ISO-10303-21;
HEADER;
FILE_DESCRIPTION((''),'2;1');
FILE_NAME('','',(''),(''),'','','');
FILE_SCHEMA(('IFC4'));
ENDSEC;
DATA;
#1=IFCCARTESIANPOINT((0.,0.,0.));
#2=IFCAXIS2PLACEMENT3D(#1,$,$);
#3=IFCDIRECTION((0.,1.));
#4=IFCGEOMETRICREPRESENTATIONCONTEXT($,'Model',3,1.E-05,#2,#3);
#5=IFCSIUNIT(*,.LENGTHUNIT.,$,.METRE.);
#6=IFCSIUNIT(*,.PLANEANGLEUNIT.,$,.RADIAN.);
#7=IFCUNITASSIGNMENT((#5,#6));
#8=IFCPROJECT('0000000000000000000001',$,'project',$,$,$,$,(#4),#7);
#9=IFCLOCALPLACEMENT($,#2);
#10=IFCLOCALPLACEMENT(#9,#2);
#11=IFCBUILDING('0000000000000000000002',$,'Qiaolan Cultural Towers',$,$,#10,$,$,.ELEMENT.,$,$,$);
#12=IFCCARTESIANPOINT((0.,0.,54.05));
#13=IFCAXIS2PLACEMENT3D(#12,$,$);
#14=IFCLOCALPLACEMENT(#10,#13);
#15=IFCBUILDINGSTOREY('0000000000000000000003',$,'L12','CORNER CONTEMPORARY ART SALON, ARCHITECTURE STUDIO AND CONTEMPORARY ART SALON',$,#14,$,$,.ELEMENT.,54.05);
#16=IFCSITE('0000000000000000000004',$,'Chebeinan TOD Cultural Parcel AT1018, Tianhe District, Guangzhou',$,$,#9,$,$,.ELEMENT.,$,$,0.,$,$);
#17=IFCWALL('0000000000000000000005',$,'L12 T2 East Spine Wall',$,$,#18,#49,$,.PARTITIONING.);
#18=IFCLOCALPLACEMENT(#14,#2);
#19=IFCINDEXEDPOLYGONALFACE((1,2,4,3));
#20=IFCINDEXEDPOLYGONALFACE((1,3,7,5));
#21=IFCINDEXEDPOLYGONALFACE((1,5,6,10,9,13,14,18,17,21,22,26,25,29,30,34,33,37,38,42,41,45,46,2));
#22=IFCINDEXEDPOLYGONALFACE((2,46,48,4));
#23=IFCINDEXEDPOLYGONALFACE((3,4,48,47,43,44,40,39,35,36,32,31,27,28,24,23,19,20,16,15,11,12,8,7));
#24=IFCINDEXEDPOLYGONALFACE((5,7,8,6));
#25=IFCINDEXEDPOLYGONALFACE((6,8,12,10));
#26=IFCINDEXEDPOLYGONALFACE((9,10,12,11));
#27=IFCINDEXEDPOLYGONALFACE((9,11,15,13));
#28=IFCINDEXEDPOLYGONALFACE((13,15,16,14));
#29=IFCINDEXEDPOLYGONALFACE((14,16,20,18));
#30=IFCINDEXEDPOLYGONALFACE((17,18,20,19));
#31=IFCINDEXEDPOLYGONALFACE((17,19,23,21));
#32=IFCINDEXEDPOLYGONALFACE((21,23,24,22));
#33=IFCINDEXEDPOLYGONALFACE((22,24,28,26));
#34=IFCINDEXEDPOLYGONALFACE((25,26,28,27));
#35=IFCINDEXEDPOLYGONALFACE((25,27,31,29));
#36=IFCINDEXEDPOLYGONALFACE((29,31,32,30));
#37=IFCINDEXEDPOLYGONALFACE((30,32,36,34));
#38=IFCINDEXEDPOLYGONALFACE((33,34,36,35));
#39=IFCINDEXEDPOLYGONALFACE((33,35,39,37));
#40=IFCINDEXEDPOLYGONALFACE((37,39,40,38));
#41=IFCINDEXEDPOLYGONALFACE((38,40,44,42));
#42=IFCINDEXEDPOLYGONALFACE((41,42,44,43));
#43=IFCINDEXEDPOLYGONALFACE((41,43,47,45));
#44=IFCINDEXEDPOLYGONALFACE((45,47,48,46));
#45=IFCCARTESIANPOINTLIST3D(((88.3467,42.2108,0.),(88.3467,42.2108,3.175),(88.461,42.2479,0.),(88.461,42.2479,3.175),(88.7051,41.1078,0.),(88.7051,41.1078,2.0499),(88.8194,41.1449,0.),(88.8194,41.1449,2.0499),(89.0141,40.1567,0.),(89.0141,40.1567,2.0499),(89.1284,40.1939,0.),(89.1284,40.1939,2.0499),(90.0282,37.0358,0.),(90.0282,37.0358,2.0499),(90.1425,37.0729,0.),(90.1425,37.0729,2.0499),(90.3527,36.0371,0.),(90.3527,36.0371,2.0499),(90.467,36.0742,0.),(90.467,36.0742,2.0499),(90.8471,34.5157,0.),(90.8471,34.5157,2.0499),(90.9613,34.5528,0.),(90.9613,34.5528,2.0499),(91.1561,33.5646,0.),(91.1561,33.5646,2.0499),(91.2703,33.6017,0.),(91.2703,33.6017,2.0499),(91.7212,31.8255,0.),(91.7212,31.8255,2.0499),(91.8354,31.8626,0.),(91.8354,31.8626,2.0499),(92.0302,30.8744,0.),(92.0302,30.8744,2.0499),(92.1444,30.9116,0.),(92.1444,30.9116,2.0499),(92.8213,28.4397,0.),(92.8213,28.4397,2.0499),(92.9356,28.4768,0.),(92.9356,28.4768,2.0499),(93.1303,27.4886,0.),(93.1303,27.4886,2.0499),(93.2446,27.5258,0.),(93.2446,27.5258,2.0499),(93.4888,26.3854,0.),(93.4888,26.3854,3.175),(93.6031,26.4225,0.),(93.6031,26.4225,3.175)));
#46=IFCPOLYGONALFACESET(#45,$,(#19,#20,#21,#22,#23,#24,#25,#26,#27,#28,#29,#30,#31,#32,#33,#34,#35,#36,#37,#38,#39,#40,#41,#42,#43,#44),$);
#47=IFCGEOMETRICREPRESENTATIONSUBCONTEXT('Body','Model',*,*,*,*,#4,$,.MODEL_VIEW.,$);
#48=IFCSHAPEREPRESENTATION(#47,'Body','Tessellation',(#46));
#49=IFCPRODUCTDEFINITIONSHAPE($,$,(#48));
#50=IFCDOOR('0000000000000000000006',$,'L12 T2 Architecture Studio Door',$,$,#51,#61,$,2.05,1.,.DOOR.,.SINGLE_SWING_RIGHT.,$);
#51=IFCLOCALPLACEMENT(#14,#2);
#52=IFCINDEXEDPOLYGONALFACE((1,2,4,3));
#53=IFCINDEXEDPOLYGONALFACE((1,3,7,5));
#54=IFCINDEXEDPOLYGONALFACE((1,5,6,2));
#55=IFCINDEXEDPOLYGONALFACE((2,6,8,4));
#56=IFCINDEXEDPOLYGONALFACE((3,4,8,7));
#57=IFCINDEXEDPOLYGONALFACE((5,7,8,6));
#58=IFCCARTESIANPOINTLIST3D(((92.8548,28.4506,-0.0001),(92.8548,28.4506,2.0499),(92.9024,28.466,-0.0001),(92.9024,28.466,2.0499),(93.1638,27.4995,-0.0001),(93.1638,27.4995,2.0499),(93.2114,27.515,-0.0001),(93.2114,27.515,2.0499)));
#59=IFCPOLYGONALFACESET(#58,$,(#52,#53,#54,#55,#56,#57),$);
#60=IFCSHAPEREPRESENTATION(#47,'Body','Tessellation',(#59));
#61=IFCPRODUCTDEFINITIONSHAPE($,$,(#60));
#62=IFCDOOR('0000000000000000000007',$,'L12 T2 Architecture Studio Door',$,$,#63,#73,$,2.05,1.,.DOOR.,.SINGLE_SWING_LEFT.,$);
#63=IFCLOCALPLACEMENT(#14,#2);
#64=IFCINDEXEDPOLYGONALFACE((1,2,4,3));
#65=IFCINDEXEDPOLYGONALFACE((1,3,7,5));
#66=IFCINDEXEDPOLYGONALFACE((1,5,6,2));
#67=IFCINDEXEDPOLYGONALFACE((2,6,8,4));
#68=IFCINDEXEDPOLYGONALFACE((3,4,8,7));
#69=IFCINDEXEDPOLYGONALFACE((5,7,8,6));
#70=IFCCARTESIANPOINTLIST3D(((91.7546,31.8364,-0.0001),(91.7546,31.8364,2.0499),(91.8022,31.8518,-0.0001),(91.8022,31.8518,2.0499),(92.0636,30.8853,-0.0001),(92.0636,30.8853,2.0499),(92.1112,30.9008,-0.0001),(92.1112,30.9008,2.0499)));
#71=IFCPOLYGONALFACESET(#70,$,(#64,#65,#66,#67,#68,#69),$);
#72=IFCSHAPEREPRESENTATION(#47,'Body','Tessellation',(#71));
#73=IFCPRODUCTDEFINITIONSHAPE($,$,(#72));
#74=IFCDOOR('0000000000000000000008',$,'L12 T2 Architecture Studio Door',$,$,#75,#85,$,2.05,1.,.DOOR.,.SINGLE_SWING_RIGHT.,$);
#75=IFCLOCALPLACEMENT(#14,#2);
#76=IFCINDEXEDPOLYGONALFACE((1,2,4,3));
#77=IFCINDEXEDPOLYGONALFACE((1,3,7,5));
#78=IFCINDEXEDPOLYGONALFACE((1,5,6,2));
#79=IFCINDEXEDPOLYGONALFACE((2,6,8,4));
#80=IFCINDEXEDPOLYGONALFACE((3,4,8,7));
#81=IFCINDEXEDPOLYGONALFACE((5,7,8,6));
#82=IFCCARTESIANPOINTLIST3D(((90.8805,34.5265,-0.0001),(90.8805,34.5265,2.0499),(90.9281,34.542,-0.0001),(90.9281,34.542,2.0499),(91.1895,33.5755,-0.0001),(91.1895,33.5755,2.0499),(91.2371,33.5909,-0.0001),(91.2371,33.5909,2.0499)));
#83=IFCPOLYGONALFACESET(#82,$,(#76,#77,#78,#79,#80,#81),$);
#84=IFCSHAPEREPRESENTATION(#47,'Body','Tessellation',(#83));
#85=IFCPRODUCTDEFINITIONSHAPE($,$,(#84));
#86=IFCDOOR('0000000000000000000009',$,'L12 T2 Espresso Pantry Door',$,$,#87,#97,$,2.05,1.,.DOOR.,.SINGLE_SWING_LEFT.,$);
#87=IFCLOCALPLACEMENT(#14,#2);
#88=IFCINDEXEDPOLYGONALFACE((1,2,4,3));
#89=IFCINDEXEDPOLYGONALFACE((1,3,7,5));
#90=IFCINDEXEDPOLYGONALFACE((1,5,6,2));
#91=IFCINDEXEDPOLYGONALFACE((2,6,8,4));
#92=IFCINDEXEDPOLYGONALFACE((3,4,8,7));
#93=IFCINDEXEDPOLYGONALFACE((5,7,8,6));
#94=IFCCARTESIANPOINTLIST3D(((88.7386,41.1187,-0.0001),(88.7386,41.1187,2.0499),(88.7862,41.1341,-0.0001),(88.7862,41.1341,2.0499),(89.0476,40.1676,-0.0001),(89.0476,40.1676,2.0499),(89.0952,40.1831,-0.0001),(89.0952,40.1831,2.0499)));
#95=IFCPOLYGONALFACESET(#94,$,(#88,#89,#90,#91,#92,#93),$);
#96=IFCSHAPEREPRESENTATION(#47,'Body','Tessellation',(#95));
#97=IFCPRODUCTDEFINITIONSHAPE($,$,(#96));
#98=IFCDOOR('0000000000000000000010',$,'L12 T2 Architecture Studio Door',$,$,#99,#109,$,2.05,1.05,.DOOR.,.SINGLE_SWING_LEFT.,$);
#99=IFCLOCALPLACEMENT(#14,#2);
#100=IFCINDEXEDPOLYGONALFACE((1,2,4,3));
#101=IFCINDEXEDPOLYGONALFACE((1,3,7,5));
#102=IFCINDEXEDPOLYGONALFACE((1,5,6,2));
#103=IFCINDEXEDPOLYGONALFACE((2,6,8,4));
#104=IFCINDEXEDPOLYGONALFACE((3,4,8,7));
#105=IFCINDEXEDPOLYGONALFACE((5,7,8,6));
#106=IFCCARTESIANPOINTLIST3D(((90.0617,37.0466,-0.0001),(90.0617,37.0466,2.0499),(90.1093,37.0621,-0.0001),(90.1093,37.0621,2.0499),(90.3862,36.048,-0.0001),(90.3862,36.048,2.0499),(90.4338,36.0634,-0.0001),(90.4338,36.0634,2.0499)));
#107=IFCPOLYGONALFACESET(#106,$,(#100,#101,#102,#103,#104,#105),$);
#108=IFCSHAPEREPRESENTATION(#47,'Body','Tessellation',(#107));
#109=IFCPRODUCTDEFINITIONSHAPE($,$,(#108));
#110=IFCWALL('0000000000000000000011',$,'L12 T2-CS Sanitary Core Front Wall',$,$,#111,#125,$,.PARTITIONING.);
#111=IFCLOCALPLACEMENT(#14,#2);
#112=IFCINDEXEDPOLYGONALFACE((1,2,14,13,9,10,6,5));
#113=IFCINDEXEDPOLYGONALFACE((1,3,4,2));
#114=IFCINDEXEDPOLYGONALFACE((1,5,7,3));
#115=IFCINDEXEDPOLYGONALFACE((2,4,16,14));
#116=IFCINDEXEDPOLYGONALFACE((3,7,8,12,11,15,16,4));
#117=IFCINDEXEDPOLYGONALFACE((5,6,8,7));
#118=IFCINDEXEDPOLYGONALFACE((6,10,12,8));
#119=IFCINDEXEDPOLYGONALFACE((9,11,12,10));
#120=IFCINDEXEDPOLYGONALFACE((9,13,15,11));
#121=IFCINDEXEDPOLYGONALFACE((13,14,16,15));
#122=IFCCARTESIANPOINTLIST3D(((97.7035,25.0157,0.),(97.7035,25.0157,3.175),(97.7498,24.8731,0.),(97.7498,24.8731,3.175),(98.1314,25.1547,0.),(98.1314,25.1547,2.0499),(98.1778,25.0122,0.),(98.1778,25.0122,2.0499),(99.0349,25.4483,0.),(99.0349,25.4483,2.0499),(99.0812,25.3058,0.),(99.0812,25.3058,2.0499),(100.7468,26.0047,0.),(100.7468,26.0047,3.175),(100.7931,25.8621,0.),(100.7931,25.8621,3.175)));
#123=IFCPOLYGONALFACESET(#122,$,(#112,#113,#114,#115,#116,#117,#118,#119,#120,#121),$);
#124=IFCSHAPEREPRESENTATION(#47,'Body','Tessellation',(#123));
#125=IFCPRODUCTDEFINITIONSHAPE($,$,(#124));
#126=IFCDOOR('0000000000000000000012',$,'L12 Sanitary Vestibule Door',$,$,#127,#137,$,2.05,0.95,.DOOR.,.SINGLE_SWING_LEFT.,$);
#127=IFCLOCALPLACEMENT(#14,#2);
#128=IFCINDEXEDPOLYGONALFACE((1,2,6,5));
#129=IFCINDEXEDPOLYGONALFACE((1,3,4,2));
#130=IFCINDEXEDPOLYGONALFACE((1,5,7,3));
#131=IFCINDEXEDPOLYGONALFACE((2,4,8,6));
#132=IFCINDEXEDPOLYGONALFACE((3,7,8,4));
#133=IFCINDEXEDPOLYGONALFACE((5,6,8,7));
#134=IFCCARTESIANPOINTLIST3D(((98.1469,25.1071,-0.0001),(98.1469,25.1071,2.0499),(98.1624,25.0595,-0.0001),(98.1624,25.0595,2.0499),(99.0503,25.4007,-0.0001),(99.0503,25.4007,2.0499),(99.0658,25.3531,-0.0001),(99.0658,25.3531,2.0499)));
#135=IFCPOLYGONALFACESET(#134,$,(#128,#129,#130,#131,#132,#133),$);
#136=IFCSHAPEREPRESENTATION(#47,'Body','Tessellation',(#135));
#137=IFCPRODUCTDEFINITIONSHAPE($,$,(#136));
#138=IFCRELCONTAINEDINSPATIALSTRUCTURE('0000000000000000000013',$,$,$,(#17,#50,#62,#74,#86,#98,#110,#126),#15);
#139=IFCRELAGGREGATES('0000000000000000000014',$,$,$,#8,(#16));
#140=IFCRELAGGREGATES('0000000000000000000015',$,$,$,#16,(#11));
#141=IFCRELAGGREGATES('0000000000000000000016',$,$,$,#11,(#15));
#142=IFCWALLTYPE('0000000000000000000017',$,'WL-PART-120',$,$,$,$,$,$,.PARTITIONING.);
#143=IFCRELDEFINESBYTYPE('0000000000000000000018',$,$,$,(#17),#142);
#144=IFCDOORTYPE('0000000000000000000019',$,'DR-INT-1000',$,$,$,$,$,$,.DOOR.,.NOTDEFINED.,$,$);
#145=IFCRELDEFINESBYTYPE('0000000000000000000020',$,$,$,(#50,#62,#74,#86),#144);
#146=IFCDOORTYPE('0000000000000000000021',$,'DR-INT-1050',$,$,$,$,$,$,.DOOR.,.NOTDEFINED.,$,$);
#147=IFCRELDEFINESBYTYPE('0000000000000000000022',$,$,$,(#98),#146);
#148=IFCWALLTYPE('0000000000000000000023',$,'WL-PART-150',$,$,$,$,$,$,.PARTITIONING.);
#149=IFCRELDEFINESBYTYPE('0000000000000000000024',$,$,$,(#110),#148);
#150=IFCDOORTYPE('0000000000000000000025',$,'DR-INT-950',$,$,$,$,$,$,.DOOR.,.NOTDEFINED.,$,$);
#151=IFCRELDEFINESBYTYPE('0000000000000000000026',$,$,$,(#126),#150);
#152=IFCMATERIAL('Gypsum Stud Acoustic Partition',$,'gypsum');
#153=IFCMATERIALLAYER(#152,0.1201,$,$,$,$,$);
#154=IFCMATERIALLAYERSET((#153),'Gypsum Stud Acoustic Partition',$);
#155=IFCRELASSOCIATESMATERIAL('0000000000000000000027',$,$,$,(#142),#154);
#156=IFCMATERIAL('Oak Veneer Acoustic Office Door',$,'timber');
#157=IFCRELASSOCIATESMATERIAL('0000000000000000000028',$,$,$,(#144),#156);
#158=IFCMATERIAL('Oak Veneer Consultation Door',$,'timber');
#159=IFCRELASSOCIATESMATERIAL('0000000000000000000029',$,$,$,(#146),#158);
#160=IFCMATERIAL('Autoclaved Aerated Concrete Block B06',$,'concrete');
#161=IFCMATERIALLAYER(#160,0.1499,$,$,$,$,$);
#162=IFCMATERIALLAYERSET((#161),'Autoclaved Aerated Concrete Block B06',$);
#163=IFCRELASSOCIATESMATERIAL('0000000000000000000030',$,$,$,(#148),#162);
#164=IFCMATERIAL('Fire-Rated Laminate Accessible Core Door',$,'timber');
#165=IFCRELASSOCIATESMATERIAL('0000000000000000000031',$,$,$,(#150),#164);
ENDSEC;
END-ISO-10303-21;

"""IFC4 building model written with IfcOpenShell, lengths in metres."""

from ifc_helpers import new_model, si_unit, direction, frame, frame_2d, origin, place, context, subcontext, project, spatial, rectangle, extrude, material, layer, layer_set, type_object, element, fill, save


model = new_model("IFC4")

# Units and contexts
model_context = context("Model", 3, precision=1e-05, world=origin(), true_north=direction((0.0, 1.0)))
body_context = subcontext(model_context, "Body", "Model", "MODEL_VIEW")
ifc_project = project(units=[si_unit("LENGTHUNIT", "METRE"), si_unit("PLANEANGLEUNIT", "RADIAN")], contexts=[model_context])

# Site, building, storey
site_placement = place(None, origin())
site = spatial("IfcSite", under=ifc_project, at=site_placement, Name="Chebeinan TOD Cultural Parcel AT1018, Tianhe District, Guangzhou", CompositionType="ELEMENT", RefElevation=0.0)
building_placement = place(site_placement, origin())
building = spatial("IfcBuilding", under=site, at=building_placement, Name="Qiaolan Cultural Towers", CompositionType="ELEMENT")
storey_placement = place(building_placement, frame((0.0, 0.0, 54.05)))
storey = spatial("IfcBuildingStorey", under=building, at=storey_placement, Name="L12", Description="CORNER CONTEMPORARY ART SALON, ARCHITECTURE STUDIO AND CONTEMPORARY ART SALON", CompositionType="ELEMENT", Elevation=54.05)

# Shared definitions
ifc_material_1 = material(Name="Gypsum Stud Acoustic Partition", Category="gypsum")
ifc_layer_1 = layer(ifc_material_1, 0.1201)
ifc_layer_set_1 = layer_set([ifc_layer_1], Name="Gypsum Stud Acoustic Partition")
wall_type_1 = type_object("IfcWallType", Name="WL-PART-120", PredefinedType="PARTITIONING", material=ifc_layer_set_1)

# Wall, openings, doors
wall_1_placement = place(storey_placement, frame((93.5459, 26.4041, 0.0), z_axis=(0.0, 0.0, 1.0), x_axis=(-0.309022, 0.951055, 0.0)))
wall_1 = element("IfcWall", 1, at=wall_1_placement, inside=storey, type_object=wall_type_1, Name="L12 T2 East Spine Wall", PredefinedType="PARTITIONING", context=body_context, shape_type="SweptSolid", body=[
    extrude(rectangle(XDim=16.6399, YDim=0.1201, at=frame_2d((8.3198, 0.0))), origin(), (0.0, 0.0, 1.0), 3.175),
])
opening_1_placement = place(wall_1_placement, frame((1.1599, 0.0, 0.0)))
opening_1 = element("IfcOpeningElement", 2, at=opening_1_placement, cuts=wall_1, PredefinedType="OPENING", context=body_context, shape_type="SweptSolid", body=[
    extrude(rectangle(XDim=1.0, YDim=2.05, at=frame_2d((0.5, 1.0249))), frame((0.0, 0.0701, 0.0), z_axis=(0.0, -1.0, 0.0), x_axis=(1.0, 0.0, 0.0)), (0.0, 0.0, 1.0), 0.1401),
])
opening_2_placement = place(wall_1_placement, frame((4.72, 0.0, 0.0)))
opening_2 = element("IfcOpeningElement", 3, at=opening_2_placement, cuts=wall_1, PredefinedType="OPENING", context=body_context, shape_type="SweptSolid", body=[
    extrude(rectangle(XDim=1.0, YDim=2.05, at=frame_2d((0.5, 1.0249))), frame((0.0, 0.0701, 0.0), z_axis=(0.0, -1.0, 0.0), x_axis=(1.0, 0.0, 0.0)), (0.0, 0.0, 1.0), 0.1401),
])
opening_3_placement = place(wall_1_placement, frame((7.5486, 0.0, 0.0)))
opening_3 = element("IfcOpeningElement", 4, at=opening_3_placement, cuts=wall_1, PredefinedType="OPENING", context=body_context, shape_type="SweptSolid", body=[
    extrude(rectangle(XDim=1.0, YDim=2.05, at=frame_2d((0.5, 1.0249))), frame((0.0, 0.0701, 0.0), z_axis=(0.0, -1.0, 0.0), x_axis=(1.0, 0.0, 0.0)), (0.0, 0.0, 1.0), 0.1401),
])
opening_4_placement = place(wall_1_placement, frame((10.1484, 0.0, 0.0)))
opening_4 = element("IfcOpeningElement", 5, at=opening_4_placement, cuts=wall_1, PredefinedType="OPENING", context=body_context, shape_type="SweptSolid", body=[
    extrude(rectangle(XDim=1.05, YDim=2.05, at=frame_2d((0.5249, 1.0249))), frame((0.0, 0.0701, 0.0), z_axis=(0.0, -1.0, 0.0), x_axis=(1.0, 0.0, 0.0)), (0.0, 0.0, 1.0), 0.1401),
])
opening_5_placement = place(wall_1_placement, frame((14.48, 0.0, 0.0)))
opening_5 = element("IfcOpeningElement", 6, at=opening_5_placement, cuts=wall_1, PredefinedType="OPENING", context=body_context, shape_type="SweptSolid", body=[
    extrude(rectangle(XDim=1.0, YDim=2.05, at=frame_2d((0.5, 1.0249))), frame((0.0, 0.0701, 0.0), z_axis=(0.0, -1.0, 0.0), x_axis=(1.0, 0.0, 0.0)), (0.0, 0.0, 1.0), 0.1401),
])
ifc_material_2 = material(Name="Oak Veneer Acoustic Office Door", Category="timber")
door_type_1 = type_object("IfcDoorType", Name="DR-INT-1000", OperationType="NOTDEFINED", PredefinedType="DOOR", material=ifc_material_2)
door_1_placement = place(opening_1_placement, origin())
door_1 = element("IfcDoor", 7, at=door_1_placement, inside=storey, type_object=door_type_1, Name="L12 T2 Architecture Studio Door", OperationType="SINGLE_SWING_RIGHT", OverallHeight=2.05, OverallWidth=1.0, PredefinedType="DOOR", context=body_context, shape_type="SweptSolid", body=[
    extrude(rectangle(XDim=1.0, YDim=2.05, at=frame_2d((0.5, 1.0249))), frame((0.0, 0.0249, 0.0), z_axis=(0.0, -1.0, 0.0), x_axis=(1.0, 0.0, 0.0)), (0.0, 0.0, 1.0), 0.05),
])
fill(opening_1, door_1)
door_2_placement = place(opening_2_placement, origin())
door_2 = element("IfcDoor", 8, at=door_2_placement, inside=storey, type_object=door_type_1, Name="L12 T2 Architecture Studio Door", OperationType="SINGLE_SWING_LEFT", OverallHeight=2.05, OverallWidth=1.0, PredefinedType="DOOR", context=body_context, shape_type="SweptSolid", body=[
    extrude(rectangle(XDim=1.0, YDim=2.05, at=frame_2d((0.5, 1.0249))), frame((0.0, 0.0249, 0.0), z_axis=(0.0, -1.0, 0.0), x_axis=(1.0, 0.0, 0.0)), (0.0, 0.0, 1.0), 0.05),
])
fill(opening_2, door_2)
door_3_placement = place(opening_3_placement, origin())
door_3 = element("IfcDoor", 9, at=door_3_placement, inside=storey, type_object=door_type_1, Name="L12 T2 Architecture Studio Door", OperationType="SINGLE_SWING_RIGHT", OverallHeight=2.05, OverallWidth=1.0, PredefinedType="DOOR", context=body_context, shape_type="SweptSolid", body=[
    extrude(rectangle(XDim=1.0, YDim=2.05, at=frame_2d((0.5, 1.0249))), frame((0.0, 0.0249, 0.0), z_axis=(0.0, -1.0, 0.0), x_axis=(1.0, 0.0, 0.0)), (0.0, 0.0, 1.0), 0.05),
])
fill(opening_3, door_3)
door_4_placement = place(opening_5_placement, origin())
door_4 = element("IfcDoor", 10, at=door_4_placement, inside=storey, type_object=door_type_1, Name="L12 T2 Espresso Pantry Door", OperationType="SINGLE_SWING_LEFT", OverallHeight=2.05, OverallWidth=1.0, PredefinedType="DOOR", context=body_context, shape_type="SweptSolid", body=[
    extrude(rectangle(XDim=1.0, YDim=2.05, at=frame_2d((0.5, 1.0249))), frame((0.0, 0.0249, 0.0), z_axis=(0.0, -1.0, 0.0), x_axis=(1.0, 0.0, 0.0)), (0.0, 0.0, 1.0), 0.05),
])
fill(opening_5, door_4)
ifc_material_3 = material(Name="Oak Veneer Consultation Door", Category="timber")
door_type_2 = type_object("IfcDoorType", Name="DR-INT-1050", OperationType="NOTDEFINED", PredefinedType="DOOR", material=ifc_material_3)
door_5_placement = place(opening_4_placement, origin())
door_5 = element("IfcDoor", 11, at=door_5_placement, inside=storey, type_object=door_type_2, Name="L12 T2 Architecture Studio Door", OperationType="SINGLE_SWING_LEFT", OverallHeight=2.05, OverallWidth=1.05, PredefinedType="DOOR", context=body_context, shape_type="SweptSolid", body=[
    extrude(rectangle(XDim=1.05, YDim=2.05, at=frame_2d((0.5249, 1.0249))), frame((0.0, 0.0249, 0.0), z_axis=(0.0, -1.0, 0.0), x_axis=(1.0, 0.0, 0.0)), (0.0, 0.0, 1.0), 0.05),
])
fill(opening_4, door_5)

# Wall, opening, door
ifc_material_4 = material(Name="Autoclaved Aerated Concrete Block B06", Category="concrete")
ifc_layer_2 = layer(ifc_material_4, 0.1499)
ifc_layer_set_2 = layer_set([ifc_layer_2], Name="Autoclaved Aerated Concrete Block B06")
wall_type_2 = type_object("IfcWallType", Name="WL-PART-150", PredefinedType="PARTITIONING", material=ifc_layer_set_2)
wall_2_placement = place(storey_placement, frame((97.7266, 24.9443, 0.0), z_axis=(0.0, 0.0, 1.0), x_axis=(0.951037, 0.309077, 0.0)))
wall_2 = element("IfcWall", 12, at=wall_2_placement, inside=storey, type_object=wall_type_2, Name="L12 T2-CS Sanitary Core Front Wall", PredefinedType="PARTITIONING", context=body_context, shape_type="SweptSolid", body=[
    extrude(rectangle(XDim=3.2, YDim=0.1499, at=frame_2d((1.6001, 0.0))), origin(), (0.0, 0.0, 1.0), 3.175),
])
opening_6_placement = place(wall_2_placement, frame((0.45, 0.0, 0.0)))
opening_6 = element("IfcOpeningElement", 13, at=opening_6_placement, cuts=wall_2, PredefinedType="OPENING", context=body_context, shape_type="SweptSolid", body=[
    extrude(rectangle(XDim=0.95, YDim=2.05, at=frame_2d((0.4751, 1.0249))), frame((0.0, 0.085, 0.0), z_axis=(0.0, -1.0, 0.0), x_axis=(1.0, 0.0, 0.0)), (0.0, 0.0, 1.0), 0.1699),
])
ifc_material_5 = material(Name="Fire-Rated Laminate Accessible Core Door", Category="timber")
door_type_3 = type_object("IfcDoorType", Name="DR-INT-950", OperationType="NOTDEFINED", PredefinedType="DOOR", material=ifc_material_5)
door_6_placement = place(opening_6_placement, origin())
door_6 = element("IfcDoor", 14, at=door_6_placement, inside=storey, type_object=door_type_3, Name="L12 Sanitary Vestibule Door", OperationType="SINGLE_SWING_LEFT", OverallHeight=2.05, OverallWidth=0.95, PredefinedType="DOOR", context=body_context, shape_type="SweptSolid", body=[
    extrude(rectangle(XDim=0.95, YDim=2.05, at=frame_2d((0.4751, 1.0249))), frame((0.0, 0.0249, 0.0), z_axis=(0.0, -1.0, 0.0), x_axis=(1.0, 0.0, 0.0)), (0.0, 0.0, 1.0), 0.05),
])
fill(opening_6, door_6)

save(model, "model.ifc")
